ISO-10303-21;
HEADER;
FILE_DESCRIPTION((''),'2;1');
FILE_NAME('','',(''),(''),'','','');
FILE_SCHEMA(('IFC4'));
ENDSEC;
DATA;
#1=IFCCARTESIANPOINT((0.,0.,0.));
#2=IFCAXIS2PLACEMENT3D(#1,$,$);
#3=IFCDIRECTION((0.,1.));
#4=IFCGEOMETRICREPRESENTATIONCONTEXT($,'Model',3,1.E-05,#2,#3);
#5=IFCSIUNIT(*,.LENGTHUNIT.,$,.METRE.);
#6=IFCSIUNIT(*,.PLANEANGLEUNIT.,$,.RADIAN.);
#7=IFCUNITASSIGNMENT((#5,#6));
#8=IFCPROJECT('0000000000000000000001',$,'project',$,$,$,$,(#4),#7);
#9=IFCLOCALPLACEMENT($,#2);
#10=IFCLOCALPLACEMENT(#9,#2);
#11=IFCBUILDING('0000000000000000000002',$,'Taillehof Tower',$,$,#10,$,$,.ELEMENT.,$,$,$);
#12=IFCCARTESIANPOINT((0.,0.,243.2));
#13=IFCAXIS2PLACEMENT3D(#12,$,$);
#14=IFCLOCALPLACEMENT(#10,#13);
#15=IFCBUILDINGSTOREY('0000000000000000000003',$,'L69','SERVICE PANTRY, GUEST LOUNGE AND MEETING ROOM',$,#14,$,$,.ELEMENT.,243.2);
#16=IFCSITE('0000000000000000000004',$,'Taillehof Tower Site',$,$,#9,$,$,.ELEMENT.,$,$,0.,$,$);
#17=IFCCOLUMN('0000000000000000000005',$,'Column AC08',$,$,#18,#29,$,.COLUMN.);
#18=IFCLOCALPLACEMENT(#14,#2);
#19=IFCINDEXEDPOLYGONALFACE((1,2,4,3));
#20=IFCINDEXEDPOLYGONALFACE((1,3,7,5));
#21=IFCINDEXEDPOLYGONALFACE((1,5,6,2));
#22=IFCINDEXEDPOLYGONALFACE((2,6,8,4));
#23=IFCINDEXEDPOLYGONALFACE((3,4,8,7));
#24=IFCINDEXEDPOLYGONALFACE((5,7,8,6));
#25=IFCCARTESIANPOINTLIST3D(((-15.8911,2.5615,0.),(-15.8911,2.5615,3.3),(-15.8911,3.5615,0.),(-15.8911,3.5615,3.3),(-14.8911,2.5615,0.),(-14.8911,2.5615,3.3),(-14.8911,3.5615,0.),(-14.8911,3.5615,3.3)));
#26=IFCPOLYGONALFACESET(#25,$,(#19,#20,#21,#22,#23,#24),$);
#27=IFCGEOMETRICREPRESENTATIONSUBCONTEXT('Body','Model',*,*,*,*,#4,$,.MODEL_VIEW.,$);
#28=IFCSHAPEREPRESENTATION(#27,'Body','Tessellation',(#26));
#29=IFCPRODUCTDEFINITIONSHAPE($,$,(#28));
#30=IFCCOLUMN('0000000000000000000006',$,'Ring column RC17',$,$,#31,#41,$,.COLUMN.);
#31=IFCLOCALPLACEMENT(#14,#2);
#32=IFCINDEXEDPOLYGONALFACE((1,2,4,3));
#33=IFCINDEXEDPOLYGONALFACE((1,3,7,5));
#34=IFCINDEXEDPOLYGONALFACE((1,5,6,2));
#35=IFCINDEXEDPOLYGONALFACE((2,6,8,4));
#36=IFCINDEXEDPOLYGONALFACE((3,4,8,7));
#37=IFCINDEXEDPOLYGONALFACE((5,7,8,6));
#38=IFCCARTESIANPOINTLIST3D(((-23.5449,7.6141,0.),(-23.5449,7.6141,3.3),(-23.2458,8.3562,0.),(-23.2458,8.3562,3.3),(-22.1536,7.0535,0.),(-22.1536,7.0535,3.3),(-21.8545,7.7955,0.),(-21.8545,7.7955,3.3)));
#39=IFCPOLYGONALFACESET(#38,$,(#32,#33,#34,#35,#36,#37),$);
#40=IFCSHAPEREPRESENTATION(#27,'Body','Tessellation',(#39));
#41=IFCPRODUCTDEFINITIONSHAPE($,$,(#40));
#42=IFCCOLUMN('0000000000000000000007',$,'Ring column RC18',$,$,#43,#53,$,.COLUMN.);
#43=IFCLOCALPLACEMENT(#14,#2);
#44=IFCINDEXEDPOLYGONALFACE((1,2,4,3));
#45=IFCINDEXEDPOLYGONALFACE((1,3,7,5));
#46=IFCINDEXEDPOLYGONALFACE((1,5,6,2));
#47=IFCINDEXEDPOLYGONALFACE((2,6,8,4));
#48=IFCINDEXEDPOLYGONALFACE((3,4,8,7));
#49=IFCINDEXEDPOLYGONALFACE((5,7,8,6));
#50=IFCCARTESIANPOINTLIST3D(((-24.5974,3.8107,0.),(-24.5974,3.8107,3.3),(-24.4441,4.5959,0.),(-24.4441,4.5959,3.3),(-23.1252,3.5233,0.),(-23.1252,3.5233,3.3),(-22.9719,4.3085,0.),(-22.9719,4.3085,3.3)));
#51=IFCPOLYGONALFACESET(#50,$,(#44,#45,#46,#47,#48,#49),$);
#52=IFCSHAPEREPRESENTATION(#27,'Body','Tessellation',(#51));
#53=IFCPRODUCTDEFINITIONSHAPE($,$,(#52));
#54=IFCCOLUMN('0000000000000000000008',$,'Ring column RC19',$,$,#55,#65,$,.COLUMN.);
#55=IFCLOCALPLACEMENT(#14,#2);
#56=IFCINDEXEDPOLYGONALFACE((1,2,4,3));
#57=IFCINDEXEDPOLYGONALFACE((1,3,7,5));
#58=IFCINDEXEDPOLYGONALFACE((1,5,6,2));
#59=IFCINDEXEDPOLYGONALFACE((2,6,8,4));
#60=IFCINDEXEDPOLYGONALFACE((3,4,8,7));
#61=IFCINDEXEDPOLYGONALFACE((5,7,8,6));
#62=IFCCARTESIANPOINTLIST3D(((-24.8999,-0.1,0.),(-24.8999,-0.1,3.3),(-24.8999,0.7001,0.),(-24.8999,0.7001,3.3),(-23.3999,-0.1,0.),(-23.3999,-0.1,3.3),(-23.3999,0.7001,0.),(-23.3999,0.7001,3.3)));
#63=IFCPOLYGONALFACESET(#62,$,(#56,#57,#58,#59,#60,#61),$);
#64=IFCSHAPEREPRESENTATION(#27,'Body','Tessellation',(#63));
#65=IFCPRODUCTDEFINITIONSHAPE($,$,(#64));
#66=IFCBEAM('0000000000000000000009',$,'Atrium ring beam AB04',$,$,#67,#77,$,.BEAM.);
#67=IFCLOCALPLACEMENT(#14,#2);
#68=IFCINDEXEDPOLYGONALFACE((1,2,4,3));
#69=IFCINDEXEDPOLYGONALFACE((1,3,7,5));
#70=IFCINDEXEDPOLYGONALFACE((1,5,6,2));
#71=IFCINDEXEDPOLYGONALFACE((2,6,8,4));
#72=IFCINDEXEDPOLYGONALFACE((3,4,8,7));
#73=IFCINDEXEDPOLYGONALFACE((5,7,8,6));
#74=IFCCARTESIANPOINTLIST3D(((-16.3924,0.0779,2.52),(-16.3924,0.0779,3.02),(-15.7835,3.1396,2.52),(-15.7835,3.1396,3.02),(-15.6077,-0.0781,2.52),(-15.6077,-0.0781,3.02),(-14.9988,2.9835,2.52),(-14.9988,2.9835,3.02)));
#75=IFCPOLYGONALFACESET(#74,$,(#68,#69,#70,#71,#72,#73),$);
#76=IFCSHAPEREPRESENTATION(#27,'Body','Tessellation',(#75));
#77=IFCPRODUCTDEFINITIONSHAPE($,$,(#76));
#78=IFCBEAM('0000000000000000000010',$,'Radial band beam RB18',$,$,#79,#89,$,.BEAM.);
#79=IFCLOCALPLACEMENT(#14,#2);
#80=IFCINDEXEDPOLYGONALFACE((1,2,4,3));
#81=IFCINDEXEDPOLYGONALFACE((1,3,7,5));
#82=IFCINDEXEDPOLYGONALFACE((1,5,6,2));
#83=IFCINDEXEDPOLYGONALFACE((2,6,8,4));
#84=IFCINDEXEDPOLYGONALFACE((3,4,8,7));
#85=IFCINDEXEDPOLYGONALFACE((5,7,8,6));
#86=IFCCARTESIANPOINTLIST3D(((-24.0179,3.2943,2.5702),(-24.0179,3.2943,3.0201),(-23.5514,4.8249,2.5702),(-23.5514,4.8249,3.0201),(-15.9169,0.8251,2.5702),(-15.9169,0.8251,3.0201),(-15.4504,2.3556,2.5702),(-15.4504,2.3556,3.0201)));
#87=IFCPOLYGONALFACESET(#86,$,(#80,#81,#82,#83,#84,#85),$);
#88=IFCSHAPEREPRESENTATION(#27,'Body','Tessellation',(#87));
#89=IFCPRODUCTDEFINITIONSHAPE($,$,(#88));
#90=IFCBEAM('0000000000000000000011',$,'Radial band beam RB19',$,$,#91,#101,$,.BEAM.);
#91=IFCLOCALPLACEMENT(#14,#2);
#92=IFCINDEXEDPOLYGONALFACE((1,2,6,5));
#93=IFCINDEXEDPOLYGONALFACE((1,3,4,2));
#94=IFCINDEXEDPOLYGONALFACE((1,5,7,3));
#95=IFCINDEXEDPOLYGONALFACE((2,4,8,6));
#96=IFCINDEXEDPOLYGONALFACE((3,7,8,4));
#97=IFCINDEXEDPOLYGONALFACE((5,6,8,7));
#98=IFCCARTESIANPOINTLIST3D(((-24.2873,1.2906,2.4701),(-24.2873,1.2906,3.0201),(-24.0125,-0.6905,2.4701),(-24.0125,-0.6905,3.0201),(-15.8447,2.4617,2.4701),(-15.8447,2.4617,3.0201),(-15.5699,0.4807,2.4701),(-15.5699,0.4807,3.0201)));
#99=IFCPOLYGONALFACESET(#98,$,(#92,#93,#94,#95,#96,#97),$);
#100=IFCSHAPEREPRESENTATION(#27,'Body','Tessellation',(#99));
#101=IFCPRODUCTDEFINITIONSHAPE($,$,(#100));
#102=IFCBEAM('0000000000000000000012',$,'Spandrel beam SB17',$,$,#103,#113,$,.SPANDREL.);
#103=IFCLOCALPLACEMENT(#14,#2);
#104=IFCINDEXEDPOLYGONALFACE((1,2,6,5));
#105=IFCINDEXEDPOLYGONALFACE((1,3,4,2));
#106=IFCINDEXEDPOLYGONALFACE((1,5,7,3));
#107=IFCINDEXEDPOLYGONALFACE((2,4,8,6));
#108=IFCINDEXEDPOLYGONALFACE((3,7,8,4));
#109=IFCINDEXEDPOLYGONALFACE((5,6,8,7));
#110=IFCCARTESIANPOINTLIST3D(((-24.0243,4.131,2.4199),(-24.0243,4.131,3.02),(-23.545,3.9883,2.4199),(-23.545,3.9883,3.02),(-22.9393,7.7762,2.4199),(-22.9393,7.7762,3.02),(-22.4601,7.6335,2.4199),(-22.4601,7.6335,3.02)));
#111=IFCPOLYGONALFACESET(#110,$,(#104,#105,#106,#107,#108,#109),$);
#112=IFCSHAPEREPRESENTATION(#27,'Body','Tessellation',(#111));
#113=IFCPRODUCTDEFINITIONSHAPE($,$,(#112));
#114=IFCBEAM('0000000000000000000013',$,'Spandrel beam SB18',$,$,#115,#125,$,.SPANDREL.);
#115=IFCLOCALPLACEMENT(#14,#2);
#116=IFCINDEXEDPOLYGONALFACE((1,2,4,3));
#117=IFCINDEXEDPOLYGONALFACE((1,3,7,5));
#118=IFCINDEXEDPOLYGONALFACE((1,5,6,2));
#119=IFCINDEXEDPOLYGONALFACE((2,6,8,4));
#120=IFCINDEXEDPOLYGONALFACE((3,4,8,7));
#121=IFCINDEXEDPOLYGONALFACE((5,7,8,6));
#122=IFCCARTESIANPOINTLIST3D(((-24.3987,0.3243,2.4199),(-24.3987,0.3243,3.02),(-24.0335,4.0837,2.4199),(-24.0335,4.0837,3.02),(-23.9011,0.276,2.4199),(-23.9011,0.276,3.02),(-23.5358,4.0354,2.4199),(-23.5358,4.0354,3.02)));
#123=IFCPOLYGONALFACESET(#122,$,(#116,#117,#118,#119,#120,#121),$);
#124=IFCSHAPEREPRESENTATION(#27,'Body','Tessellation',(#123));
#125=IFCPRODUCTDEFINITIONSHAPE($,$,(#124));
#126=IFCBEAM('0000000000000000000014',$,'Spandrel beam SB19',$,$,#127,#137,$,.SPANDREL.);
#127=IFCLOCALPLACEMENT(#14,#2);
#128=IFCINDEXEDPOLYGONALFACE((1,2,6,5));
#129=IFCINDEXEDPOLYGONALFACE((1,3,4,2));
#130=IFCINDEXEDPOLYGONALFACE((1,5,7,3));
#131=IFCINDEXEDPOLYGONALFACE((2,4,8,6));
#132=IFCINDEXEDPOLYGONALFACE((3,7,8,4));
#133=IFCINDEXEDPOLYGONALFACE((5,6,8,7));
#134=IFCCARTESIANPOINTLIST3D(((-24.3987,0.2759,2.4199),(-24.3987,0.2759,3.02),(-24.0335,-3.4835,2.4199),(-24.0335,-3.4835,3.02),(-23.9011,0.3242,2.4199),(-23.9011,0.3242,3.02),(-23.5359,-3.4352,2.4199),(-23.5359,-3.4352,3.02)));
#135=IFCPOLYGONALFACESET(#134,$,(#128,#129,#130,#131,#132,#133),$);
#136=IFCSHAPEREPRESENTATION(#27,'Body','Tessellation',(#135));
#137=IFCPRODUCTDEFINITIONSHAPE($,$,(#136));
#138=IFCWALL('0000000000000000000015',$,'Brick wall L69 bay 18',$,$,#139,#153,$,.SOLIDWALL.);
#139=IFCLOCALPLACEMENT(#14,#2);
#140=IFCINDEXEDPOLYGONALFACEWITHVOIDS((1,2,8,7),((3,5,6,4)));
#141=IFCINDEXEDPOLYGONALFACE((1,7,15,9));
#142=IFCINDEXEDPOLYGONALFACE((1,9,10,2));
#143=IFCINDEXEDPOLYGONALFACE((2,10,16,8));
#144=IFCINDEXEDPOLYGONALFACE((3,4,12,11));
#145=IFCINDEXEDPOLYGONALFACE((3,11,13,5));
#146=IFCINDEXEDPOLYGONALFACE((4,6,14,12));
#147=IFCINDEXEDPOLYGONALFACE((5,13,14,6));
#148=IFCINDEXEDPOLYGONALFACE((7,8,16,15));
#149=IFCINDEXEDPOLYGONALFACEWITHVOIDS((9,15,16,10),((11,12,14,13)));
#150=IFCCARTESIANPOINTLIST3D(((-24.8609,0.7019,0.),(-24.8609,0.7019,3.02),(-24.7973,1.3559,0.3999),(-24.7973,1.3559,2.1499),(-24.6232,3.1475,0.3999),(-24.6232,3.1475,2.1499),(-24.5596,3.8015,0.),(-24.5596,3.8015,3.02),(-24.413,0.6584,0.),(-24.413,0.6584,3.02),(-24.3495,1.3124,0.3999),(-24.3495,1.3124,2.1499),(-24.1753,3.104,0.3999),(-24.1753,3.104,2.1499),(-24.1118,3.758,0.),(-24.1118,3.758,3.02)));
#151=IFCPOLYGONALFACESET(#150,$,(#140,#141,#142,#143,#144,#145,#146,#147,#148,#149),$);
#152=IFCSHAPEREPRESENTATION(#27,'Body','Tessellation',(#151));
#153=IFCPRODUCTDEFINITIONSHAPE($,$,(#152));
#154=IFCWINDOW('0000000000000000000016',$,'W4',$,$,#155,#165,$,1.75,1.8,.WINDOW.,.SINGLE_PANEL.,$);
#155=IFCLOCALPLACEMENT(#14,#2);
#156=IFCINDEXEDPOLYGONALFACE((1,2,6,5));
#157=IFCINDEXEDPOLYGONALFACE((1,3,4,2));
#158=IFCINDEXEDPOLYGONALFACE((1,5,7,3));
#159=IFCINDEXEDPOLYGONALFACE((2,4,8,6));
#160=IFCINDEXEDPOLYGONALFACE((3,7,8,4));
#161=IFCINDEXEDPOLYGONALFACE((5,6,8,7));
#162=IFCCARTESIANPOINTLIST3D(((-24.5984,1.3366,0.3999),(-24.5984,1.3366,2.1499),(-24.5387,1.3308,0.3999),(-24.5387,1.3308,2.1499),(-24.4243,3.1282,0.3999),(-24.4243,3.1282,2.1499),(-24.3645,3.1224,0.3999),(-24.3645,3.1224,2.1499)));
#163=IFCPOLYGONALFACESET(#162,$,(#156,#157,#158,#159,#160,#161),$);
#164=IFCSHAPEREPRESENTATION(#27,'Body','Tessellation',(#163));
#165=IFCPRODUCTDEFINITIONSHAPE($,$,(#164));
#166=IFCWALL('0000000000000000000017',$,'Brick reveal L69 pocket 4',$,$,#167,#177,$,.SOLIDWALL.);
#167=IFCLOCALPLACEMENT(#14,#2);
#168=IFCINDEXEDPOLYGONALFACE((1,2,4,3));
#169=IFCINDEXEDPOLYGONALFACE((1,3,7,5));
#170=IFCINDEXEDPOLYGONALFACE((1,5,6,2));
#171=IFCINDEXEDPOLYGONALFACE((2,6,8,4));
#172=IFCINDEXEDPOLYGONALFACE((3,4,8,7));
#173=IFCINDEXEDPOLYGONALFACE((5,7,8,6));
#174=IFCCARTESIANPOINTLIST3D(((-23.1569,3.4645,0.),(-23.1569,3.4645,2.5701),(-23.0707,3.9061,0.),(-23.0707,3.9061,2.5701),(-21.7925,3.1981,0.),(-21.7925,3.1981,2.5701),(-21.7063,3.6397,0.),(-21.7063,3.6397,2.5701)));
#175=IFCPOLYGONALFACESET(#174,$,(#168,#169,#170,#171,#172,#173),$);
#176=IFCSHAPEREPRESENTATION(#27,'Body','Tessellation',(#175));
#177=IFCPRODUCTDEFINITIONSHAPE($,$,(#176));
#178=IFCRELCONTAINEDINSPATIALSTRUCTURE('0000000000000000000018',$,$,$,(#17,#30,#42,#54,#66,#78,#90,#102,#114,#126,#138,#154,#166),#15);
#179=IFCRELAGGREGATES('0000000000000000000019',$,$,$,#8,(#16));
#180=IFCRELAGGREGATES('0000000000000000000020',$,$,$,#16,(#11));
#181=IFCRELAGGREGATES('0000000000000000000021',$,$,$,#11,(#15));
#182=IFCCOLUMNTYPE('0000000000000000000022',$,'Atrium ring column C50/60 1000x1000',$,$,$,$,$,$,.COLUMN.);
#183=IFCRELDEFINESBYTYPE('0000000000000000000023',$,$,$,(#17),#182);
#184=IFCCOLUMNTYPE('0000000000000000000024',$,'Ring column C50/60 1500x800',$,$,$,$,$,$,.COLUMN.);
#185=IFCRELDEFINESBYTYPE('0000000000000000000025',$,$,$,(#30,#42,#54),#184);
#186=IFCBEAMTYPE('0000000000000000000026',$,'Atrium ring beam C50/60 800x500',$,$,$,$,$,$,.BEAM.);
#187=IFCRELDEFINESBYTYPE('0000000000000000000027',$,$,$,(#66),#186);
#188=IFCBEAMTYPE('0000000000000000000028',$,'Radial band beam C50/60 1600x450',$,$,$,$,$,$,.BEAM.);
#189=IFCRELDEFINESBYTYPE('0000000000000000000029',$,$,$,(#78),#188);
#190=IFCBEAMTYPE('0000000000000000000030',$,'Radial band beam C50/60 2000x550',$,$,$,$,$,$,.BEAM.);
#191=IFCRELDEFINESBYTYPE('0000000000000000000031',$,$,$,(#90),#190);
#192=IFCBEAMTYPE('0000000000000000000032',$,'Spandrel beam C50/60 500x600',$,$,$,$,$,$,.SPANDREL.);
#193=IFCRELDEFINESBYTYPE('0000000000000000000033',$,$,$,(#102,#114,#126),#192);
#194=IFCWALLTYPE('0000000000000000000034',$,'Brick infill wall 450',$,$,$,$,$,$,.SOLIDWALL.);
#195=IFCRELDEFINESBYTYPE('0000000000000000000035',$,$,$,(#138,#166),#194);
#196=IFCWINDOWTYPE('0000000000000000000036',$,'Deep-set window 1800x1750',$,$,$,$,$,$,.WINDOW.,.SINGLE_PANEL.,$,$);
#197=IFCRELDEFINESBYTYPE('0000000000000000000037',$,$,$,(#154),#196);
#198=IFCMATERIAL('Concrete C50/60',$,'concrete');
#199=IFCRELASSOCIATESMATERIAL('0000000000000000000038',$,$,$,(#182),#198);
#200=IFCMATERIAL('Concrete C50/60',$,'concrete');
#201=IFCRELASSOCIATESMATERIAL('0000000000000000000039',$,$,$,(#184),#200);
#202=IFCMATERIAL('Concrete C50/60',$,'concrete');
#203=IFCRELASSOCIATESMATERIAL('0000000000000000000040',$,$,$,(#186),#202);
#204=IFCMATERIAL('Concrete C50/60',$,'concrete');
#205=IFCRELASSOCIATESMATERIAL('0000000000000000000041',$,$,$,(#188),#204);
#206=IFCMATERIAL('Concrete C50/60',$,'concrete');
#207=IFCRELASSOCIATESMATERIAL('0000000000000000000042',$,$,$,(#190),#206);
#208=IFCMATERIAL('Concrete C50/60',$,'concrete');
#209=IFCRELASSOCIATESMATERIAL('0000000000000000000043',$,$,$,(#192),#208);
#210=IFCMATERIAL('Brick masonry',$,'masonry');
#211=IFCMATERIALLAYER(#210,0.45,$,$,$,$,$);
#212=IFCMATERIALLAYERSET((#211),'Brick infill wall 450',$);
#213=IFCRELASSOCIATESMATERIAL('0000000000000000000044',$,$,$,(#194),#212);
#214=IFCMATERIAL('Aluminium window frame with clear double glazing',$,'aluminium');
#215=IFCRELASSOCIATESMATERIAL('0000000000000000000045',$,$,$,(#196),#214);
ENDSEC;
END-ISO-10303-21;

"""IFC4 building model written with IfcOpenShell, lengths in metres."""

from ifc_helpers import new_model, si_unit, direction, frame, frame_2d, origin, origin_2d, place, context, subcontext, project, spatial, rectangle, extrude, material, layer, layer_set, material_profile, profile_set, type_object, element, fill, save


model = new_model("IFC4")

# Units and contexts
model_context = context("Model", 3, precision=1e-05, world=origin(), true_north=direction((0.0, 1.0)))
body_context = subcontext(model_context, "Body", "Model", "MODEL_VIEW")
ifc_project = project(units=[si_unit("LENGTHUNIT", "METRE"), si_unit("PLANEANGLEUNIT", "RADIAN")], contexts=[model_context])

# Site, building, storey
site_placement = place(None, origin())
site = spatial("IfcSite", under=ifc_project, at=site_placement, Name="Taillehof Tower Site", CompositionType="ELEMENT", RefElevation=0.0)
building_placement = place(site_placement, origin())
building = spatial("IfcBuilding", under=site, at=building_placement, Name="Taillehof Tower", CompositionType="ELEMENT")
storey_placement = place(building_placement, frame((0.0, 0.0, 243.2)))
storey = spatial("IfcBuildingStorey", under=building, at=storey_placement, Name="L69", Description="SERVICE PANTRY, GUEST LOUNGE AND MEETING ROOM", CompositionType="ELEMENT", Elevation=243.2)

# Columns
ifc_material_1 = material(Name="Concrete C50/60", Category="concrete")
ifc_material_profile_1 = material_profile(ifc_material_1, rectangle(XDim=1.0, YDim=1.0, at=origin_2d()), Name="RC 1000x1000")
ifc_profile_set_1 = profile_set([ifc_material_profile_1], Name="Concrete C50/60")
column_type_1 = type_object("IfcColumnType", Name="Atrium ring column C50/60 1000x1000", PredefinedType="COLUMN", material=ifc_profile_set_1)
column_placement = place(storey_placement, frame((-15.3911, 3.0615, 0.0), z_axis=(0.0, 0.0, 1.0), x_axis=(1.0, 0.0, 0.0)))
element("IfcColumn", 1, at=column_placement, inside=storey, type_object=column_type_1, Name="Column AC08", PredefinedType="COLUMN", context=body_context, shape_type="SweptSolid", body=[
    extrude(rectangle(XDim=1.0, YDim=1.0, at=origin_2d()), origin(), (0.0, 0.0, 1.0), 3.3),
])
ifc_material_2 = material(Name="Concrete C50/60", Category="concrete")
ifc_material_profile_2 = material_profile(ifc_material_2, rectangle(XDim=1.5, YDim=0.8, at=origin_2d()), Name="RC 1500x800")
ifc_profile_set_2 = profile_set([ifc_material_profile_2], Name="Concrete C50/60")
column_type_2 = type_object("IfcColumnType", Name="Ring column C50/60 1500x800", PredefinedType="COLUMN", material=ifc_profile_set_2)
for number, where, z_axis, x_axis, name in (
    (2, (-22.6997, 7.7048, 0.0), (0.0, 0.0, 1.0), (-0.927525, 0.373762, 0.0), "Ring column RC17"),
    (3, (-23.7847, 4.0596, 0.0), (0.0, 0.0, 1.0), (-0.981473, 0.191602, 0.0), "Ring column RC18"),
    (4, (-24.1499, 0.3, 0.0), (0.0, 0.0, 1.0), (-1.0, 0.0, 0.0), "Ring column RC19"),
):
    element("IfcColumn", number, at=place(storey_placement, frame(where, z_axis=z_axis, x_axis=x_axis)), inside=storey, type_object=column_type_2, Name=name, PredefinedType="COLUMN", context=body_context, shape_type="SweptSolid", body=[
        extrude(rectangle(XDim=1.5, YDim=0.8, at=origin_2d()), origin(), (0.0, 0.0, 1.0), 3.3),
    ])

# Beams
ifc_material_3 = material(Name="Concrete C50/60", Category="concrete")
ifc_material_profile_3 = material_profile(ifc_material_3, rectangle(XDim=0.8, YDim=0.5, at=origin_2d()), Name="RC 800x500")
ifc_profile_set_3 = profile_set([ifc_material_profile_3], Name="Concrete C50/60")
beam_type_1 = type_object("IfcBeamType", Name="Atrium ring beam C50/60 800x500", PredefinedType="BEAM", material=ifc_profile_set_3)
beam_1_placement = place(storey_placement, frame((-15.3911, 3.0615, 2.77), z_axis=(-0.195063, -0.980791, 0.0), x_axis=(0.980791, -0.195063, 0.0)))
element("IfcBeam", 5, at=beam_1_placement, inside=storey, type_object=beam_type_1, Name="Atrium ring beam AB04", PredefinedType="BEAM", context=body_context, shape_type="SweptSolid", body=[
    extrude(rectangle(XDim=0.8, YDim=0.5, at=origin_2d()), origin(), (0.0, 0.0, 1.0), 3.1216),
])
ifc_material_4 = material(Name="Concrete C50/60", Category="concrete")
ifc_material_profile_4 = material_profile(ifc_material_4, rectangle(XDim=1.6001, YDim=0.45, at=origin_2d()), Name="RC 1600x450")
ifc_profile_set_4 = profile_set([ifc_material_profile_4], Name="Concrete C50/60")
beam_type_2 = type_object("IfcBeamType", Name="Radial band beam C50/60 1600x450", PredefinedType="BEAM", material=ifc_profile_set_4)
beam_2_placement = place(storey_placement, frame((-23.7847, 4.0596, 2.7952), z_axis=(0.956552, -0.291561, 0.0), x_axis=(0.291561, 0.956552, 0.0)))
element("IfcBeam", 6, at=beam_2_placement, inside=storey, type_object=beam_type_2, Name="Radial band beam RB18", PredefinedType="BEAM", context=body_context, shape_type="SweptSolid", body=[
    extrude(rectangle(XDim=1.6001, YDim=0.45, at=origin_2d()), origin(), (0.0, 0.0, 1.0), 8.469),
])
ifc_material_5 = material(Name="Concrete C50/60", Category="concrete")
ifc_material_profile_5 = material_profile(ifc_material_5, rectangle(XDim=2.0, YDim=0.55, at=origin_2d()), Name="RC 2000x550")
ifc_profile_set_5 = profile_set([ifc_material_profile_5], Name="Concrete C50/60")
beam_type_3 = type_object("IfcBeamType", Name="Radial band beam C50/60 2000x550", PredefinedType="BEAM", material=ifc_profile_set_5)
beam_3_placement = place(storey_placement, frame((-24.1499, 0.3, 2.7451), z_axis=(0.990515, 0.137402, 0.0), x_axis=(-0.137402, 0.990515, 0.0)))
element("IfcBeam", 7, at=beam_3_placement, inside=storey, type_object=beam_type_3, Name="Radial band beam RB19", PredefinedType="BEAM", context=body_context, shape_type="SweptSolid", body=[
    extrude(rectangle(XDim=2.0, YDim=0.55, at=origin_2d()), origin(), (0.0, 0.0, 1.0), 8.5234),
])
ifc_material_6 = material(Name="Concrete C50/60", Category="concrete")
ifc_material_profile_6 = material_profile(ifc_material_6, rectangle(XDim=0.5, YDim=0.6001, at=origin_2d()), Name="RC 500x600")
ifc_profile_set_6 = profile_set([ifc_material_profile_6], Name="Concrete C50/60")
beam_type_4 = type_object("IfcBeamType", Name="Spandrel beam C50/60 500x600", PredefinedType="SPANDREL", material=ifc_profile_set_6)
beam_4_placement = place(storey_placement, frame((-22.6997, 7.7048, 2.72), z_axis=(-0.285268, -0.958448, 0.0), x_axis=(0.958448, -0.285268, 0.0)))
element("IfcBeam", 8, at=beam_4_placement, inside=storey, type_object=beam_type_4, Name="Spandrel beam SB17", PredefinedType="SPANDREL", context=body_context, shape_type="SweptSolid", body=[
    extrude(rectangle(XDim=0.5, YDim=0.6001, at=origin_2d()), origin(), (0.0, 0.0, 1.0), 3.8032),
])
for number, where, z_axis, x_axis, name in (
    (9, (-23.7847, 4.0596, 2.72), (-0.096694, -0.995314, 0.0), (0.995314, -0.096694, 0.0), "Spandrel beam SB18"),
    (10, (-24.1499, 0.3, 2.72), (0.096694, -0.995314, 0.0), (0.995314, 0.096694, 0.0), "Spandrel beam SB19"),
):
    element("IfcBeam", number, at=place(storey_placement, frame(where, z_axis=z_axis, x_axis=x_axis)), inside=storey, type_object=beam_type_4, Name=name, PredefinedType="SPANDREL", context=body_context, shape_type="SweptSolid", body=[
        extrude(rectangle(XDim=0.5, YDim=0.6001, at=origin_2d()), origin(), (0.0, 0.0, 1.0), 3.7771),
    ])

# Wall, opening, window
ifc_material_7 = material(Name="Brick masonry", Category="masonry")
ifc_layer_1 = layer(ifc_material_7, 0.45)
ifc_layer_set_1 = layer_set([ifc_layer_1], Name="Brick infill wall 450")
wall_type_1 = type_object("IfcWallType", Name="Brick infill wall 450", PredefinedType="SOLIDWALL", material=ifc_layer_set_1)
wall_1_placement = place(storey_placement, frame((-24.3357, 3.7798, 0.0), z_axis=(0.0, 0.0, 1.0), x_axis=(-0.09674, -0.99531, 0.0)))
wall_1 = element("IfcWall", 11, at=wall_1_placement, inside=storey, type_object=wall_type_1, Name="Brick wall L69 bay 18", PredefinedType="SOLIDWALL", context=body_context, shape_type="SweptSolid", body=[
    extrude(rectangle(XDim=3.1143, YDim=0.45, at=frame_2d((1.5571, 0.0))), origin(), (0.0, 0.0, 1.0), 3.02),
])
opening_1_placement = place(wall_1_placement, frame((0.6572, 0.0, 0.3999)))
opening_1 = element("IfcOpeningElement", 12, at=opening_1_placement, cuts=wall_1, PredefinedType="OPENING", context=body_context, shape_type="SweptSolid", body=[
    extrude(rectangle(XDim=1.8, YDim=1.75, at=frame_2d((0.8999, 0.875))), frame((0.0, 0.2349, 0.0), z_axis=(0.0, -1.0, 0.0), x_axis=(1.0, 0.0, 0.0)), (0.0, 0.0, 1.0), 0.47),
])
ifc_material_8 = material(Name="Aluminium window frame with clear double glazing", Category="aluminium")
window_type_1 = type_object("IfcWindowType", Name="Deep-set window 1800x1750", PartitioningType="SINGLE_PANEL", PredefinedType="WINDOW", material=ifc_material_8)
window_1_placement = place(opening_1_placement, origin())
window_1 = element("IfcWindow", 13, at=window_1_placement, inside=storey, type_object=window_type_1, Name="W4", OverallHeight=1.75, OverallWidth=1.8, PartitioningType="SINGLE_PANEL", PredefinedType="WINDOW", context=body_context, shape_type="SweptSolid", body=[
    extrude(rectangle(XDim=1.8, YDim=1.75, at=frame_2d((0.8999, 0.875))), frame((0.0, 0.0349, 0.0), z_axis=(0.0, -1.0, 0.0), x_axis=(1.0, 0.0, 0.0)), (0.0, 0.0, 1.0), 0.0601),
])
fill(opening_1, window_1)

# Wall
wall_2_placement = place(storey_placement, frame((-23.1138, 3.6853, 0.0), z_axis=(0.0, 0.0, 1.0), x_axis=(0.981469, -0.191622, 0.0)))
element("IfcWall", 14, at=wall_2_placement, inside=storey, type_object=wall_type_1, Name="Brick reveal L69 pocket 4", PredefinedType="SOLIDWALL", context=body_context, shape_type="SweptSolid", body=[
    extrude(rectangle(XDim=1.3901, YDim=0.45, at=frame_2d((0.6951, 0.0))), origin(), (0.0, 0.0, 1.0), 2.5701),
])

save(model, "model.ifc")
